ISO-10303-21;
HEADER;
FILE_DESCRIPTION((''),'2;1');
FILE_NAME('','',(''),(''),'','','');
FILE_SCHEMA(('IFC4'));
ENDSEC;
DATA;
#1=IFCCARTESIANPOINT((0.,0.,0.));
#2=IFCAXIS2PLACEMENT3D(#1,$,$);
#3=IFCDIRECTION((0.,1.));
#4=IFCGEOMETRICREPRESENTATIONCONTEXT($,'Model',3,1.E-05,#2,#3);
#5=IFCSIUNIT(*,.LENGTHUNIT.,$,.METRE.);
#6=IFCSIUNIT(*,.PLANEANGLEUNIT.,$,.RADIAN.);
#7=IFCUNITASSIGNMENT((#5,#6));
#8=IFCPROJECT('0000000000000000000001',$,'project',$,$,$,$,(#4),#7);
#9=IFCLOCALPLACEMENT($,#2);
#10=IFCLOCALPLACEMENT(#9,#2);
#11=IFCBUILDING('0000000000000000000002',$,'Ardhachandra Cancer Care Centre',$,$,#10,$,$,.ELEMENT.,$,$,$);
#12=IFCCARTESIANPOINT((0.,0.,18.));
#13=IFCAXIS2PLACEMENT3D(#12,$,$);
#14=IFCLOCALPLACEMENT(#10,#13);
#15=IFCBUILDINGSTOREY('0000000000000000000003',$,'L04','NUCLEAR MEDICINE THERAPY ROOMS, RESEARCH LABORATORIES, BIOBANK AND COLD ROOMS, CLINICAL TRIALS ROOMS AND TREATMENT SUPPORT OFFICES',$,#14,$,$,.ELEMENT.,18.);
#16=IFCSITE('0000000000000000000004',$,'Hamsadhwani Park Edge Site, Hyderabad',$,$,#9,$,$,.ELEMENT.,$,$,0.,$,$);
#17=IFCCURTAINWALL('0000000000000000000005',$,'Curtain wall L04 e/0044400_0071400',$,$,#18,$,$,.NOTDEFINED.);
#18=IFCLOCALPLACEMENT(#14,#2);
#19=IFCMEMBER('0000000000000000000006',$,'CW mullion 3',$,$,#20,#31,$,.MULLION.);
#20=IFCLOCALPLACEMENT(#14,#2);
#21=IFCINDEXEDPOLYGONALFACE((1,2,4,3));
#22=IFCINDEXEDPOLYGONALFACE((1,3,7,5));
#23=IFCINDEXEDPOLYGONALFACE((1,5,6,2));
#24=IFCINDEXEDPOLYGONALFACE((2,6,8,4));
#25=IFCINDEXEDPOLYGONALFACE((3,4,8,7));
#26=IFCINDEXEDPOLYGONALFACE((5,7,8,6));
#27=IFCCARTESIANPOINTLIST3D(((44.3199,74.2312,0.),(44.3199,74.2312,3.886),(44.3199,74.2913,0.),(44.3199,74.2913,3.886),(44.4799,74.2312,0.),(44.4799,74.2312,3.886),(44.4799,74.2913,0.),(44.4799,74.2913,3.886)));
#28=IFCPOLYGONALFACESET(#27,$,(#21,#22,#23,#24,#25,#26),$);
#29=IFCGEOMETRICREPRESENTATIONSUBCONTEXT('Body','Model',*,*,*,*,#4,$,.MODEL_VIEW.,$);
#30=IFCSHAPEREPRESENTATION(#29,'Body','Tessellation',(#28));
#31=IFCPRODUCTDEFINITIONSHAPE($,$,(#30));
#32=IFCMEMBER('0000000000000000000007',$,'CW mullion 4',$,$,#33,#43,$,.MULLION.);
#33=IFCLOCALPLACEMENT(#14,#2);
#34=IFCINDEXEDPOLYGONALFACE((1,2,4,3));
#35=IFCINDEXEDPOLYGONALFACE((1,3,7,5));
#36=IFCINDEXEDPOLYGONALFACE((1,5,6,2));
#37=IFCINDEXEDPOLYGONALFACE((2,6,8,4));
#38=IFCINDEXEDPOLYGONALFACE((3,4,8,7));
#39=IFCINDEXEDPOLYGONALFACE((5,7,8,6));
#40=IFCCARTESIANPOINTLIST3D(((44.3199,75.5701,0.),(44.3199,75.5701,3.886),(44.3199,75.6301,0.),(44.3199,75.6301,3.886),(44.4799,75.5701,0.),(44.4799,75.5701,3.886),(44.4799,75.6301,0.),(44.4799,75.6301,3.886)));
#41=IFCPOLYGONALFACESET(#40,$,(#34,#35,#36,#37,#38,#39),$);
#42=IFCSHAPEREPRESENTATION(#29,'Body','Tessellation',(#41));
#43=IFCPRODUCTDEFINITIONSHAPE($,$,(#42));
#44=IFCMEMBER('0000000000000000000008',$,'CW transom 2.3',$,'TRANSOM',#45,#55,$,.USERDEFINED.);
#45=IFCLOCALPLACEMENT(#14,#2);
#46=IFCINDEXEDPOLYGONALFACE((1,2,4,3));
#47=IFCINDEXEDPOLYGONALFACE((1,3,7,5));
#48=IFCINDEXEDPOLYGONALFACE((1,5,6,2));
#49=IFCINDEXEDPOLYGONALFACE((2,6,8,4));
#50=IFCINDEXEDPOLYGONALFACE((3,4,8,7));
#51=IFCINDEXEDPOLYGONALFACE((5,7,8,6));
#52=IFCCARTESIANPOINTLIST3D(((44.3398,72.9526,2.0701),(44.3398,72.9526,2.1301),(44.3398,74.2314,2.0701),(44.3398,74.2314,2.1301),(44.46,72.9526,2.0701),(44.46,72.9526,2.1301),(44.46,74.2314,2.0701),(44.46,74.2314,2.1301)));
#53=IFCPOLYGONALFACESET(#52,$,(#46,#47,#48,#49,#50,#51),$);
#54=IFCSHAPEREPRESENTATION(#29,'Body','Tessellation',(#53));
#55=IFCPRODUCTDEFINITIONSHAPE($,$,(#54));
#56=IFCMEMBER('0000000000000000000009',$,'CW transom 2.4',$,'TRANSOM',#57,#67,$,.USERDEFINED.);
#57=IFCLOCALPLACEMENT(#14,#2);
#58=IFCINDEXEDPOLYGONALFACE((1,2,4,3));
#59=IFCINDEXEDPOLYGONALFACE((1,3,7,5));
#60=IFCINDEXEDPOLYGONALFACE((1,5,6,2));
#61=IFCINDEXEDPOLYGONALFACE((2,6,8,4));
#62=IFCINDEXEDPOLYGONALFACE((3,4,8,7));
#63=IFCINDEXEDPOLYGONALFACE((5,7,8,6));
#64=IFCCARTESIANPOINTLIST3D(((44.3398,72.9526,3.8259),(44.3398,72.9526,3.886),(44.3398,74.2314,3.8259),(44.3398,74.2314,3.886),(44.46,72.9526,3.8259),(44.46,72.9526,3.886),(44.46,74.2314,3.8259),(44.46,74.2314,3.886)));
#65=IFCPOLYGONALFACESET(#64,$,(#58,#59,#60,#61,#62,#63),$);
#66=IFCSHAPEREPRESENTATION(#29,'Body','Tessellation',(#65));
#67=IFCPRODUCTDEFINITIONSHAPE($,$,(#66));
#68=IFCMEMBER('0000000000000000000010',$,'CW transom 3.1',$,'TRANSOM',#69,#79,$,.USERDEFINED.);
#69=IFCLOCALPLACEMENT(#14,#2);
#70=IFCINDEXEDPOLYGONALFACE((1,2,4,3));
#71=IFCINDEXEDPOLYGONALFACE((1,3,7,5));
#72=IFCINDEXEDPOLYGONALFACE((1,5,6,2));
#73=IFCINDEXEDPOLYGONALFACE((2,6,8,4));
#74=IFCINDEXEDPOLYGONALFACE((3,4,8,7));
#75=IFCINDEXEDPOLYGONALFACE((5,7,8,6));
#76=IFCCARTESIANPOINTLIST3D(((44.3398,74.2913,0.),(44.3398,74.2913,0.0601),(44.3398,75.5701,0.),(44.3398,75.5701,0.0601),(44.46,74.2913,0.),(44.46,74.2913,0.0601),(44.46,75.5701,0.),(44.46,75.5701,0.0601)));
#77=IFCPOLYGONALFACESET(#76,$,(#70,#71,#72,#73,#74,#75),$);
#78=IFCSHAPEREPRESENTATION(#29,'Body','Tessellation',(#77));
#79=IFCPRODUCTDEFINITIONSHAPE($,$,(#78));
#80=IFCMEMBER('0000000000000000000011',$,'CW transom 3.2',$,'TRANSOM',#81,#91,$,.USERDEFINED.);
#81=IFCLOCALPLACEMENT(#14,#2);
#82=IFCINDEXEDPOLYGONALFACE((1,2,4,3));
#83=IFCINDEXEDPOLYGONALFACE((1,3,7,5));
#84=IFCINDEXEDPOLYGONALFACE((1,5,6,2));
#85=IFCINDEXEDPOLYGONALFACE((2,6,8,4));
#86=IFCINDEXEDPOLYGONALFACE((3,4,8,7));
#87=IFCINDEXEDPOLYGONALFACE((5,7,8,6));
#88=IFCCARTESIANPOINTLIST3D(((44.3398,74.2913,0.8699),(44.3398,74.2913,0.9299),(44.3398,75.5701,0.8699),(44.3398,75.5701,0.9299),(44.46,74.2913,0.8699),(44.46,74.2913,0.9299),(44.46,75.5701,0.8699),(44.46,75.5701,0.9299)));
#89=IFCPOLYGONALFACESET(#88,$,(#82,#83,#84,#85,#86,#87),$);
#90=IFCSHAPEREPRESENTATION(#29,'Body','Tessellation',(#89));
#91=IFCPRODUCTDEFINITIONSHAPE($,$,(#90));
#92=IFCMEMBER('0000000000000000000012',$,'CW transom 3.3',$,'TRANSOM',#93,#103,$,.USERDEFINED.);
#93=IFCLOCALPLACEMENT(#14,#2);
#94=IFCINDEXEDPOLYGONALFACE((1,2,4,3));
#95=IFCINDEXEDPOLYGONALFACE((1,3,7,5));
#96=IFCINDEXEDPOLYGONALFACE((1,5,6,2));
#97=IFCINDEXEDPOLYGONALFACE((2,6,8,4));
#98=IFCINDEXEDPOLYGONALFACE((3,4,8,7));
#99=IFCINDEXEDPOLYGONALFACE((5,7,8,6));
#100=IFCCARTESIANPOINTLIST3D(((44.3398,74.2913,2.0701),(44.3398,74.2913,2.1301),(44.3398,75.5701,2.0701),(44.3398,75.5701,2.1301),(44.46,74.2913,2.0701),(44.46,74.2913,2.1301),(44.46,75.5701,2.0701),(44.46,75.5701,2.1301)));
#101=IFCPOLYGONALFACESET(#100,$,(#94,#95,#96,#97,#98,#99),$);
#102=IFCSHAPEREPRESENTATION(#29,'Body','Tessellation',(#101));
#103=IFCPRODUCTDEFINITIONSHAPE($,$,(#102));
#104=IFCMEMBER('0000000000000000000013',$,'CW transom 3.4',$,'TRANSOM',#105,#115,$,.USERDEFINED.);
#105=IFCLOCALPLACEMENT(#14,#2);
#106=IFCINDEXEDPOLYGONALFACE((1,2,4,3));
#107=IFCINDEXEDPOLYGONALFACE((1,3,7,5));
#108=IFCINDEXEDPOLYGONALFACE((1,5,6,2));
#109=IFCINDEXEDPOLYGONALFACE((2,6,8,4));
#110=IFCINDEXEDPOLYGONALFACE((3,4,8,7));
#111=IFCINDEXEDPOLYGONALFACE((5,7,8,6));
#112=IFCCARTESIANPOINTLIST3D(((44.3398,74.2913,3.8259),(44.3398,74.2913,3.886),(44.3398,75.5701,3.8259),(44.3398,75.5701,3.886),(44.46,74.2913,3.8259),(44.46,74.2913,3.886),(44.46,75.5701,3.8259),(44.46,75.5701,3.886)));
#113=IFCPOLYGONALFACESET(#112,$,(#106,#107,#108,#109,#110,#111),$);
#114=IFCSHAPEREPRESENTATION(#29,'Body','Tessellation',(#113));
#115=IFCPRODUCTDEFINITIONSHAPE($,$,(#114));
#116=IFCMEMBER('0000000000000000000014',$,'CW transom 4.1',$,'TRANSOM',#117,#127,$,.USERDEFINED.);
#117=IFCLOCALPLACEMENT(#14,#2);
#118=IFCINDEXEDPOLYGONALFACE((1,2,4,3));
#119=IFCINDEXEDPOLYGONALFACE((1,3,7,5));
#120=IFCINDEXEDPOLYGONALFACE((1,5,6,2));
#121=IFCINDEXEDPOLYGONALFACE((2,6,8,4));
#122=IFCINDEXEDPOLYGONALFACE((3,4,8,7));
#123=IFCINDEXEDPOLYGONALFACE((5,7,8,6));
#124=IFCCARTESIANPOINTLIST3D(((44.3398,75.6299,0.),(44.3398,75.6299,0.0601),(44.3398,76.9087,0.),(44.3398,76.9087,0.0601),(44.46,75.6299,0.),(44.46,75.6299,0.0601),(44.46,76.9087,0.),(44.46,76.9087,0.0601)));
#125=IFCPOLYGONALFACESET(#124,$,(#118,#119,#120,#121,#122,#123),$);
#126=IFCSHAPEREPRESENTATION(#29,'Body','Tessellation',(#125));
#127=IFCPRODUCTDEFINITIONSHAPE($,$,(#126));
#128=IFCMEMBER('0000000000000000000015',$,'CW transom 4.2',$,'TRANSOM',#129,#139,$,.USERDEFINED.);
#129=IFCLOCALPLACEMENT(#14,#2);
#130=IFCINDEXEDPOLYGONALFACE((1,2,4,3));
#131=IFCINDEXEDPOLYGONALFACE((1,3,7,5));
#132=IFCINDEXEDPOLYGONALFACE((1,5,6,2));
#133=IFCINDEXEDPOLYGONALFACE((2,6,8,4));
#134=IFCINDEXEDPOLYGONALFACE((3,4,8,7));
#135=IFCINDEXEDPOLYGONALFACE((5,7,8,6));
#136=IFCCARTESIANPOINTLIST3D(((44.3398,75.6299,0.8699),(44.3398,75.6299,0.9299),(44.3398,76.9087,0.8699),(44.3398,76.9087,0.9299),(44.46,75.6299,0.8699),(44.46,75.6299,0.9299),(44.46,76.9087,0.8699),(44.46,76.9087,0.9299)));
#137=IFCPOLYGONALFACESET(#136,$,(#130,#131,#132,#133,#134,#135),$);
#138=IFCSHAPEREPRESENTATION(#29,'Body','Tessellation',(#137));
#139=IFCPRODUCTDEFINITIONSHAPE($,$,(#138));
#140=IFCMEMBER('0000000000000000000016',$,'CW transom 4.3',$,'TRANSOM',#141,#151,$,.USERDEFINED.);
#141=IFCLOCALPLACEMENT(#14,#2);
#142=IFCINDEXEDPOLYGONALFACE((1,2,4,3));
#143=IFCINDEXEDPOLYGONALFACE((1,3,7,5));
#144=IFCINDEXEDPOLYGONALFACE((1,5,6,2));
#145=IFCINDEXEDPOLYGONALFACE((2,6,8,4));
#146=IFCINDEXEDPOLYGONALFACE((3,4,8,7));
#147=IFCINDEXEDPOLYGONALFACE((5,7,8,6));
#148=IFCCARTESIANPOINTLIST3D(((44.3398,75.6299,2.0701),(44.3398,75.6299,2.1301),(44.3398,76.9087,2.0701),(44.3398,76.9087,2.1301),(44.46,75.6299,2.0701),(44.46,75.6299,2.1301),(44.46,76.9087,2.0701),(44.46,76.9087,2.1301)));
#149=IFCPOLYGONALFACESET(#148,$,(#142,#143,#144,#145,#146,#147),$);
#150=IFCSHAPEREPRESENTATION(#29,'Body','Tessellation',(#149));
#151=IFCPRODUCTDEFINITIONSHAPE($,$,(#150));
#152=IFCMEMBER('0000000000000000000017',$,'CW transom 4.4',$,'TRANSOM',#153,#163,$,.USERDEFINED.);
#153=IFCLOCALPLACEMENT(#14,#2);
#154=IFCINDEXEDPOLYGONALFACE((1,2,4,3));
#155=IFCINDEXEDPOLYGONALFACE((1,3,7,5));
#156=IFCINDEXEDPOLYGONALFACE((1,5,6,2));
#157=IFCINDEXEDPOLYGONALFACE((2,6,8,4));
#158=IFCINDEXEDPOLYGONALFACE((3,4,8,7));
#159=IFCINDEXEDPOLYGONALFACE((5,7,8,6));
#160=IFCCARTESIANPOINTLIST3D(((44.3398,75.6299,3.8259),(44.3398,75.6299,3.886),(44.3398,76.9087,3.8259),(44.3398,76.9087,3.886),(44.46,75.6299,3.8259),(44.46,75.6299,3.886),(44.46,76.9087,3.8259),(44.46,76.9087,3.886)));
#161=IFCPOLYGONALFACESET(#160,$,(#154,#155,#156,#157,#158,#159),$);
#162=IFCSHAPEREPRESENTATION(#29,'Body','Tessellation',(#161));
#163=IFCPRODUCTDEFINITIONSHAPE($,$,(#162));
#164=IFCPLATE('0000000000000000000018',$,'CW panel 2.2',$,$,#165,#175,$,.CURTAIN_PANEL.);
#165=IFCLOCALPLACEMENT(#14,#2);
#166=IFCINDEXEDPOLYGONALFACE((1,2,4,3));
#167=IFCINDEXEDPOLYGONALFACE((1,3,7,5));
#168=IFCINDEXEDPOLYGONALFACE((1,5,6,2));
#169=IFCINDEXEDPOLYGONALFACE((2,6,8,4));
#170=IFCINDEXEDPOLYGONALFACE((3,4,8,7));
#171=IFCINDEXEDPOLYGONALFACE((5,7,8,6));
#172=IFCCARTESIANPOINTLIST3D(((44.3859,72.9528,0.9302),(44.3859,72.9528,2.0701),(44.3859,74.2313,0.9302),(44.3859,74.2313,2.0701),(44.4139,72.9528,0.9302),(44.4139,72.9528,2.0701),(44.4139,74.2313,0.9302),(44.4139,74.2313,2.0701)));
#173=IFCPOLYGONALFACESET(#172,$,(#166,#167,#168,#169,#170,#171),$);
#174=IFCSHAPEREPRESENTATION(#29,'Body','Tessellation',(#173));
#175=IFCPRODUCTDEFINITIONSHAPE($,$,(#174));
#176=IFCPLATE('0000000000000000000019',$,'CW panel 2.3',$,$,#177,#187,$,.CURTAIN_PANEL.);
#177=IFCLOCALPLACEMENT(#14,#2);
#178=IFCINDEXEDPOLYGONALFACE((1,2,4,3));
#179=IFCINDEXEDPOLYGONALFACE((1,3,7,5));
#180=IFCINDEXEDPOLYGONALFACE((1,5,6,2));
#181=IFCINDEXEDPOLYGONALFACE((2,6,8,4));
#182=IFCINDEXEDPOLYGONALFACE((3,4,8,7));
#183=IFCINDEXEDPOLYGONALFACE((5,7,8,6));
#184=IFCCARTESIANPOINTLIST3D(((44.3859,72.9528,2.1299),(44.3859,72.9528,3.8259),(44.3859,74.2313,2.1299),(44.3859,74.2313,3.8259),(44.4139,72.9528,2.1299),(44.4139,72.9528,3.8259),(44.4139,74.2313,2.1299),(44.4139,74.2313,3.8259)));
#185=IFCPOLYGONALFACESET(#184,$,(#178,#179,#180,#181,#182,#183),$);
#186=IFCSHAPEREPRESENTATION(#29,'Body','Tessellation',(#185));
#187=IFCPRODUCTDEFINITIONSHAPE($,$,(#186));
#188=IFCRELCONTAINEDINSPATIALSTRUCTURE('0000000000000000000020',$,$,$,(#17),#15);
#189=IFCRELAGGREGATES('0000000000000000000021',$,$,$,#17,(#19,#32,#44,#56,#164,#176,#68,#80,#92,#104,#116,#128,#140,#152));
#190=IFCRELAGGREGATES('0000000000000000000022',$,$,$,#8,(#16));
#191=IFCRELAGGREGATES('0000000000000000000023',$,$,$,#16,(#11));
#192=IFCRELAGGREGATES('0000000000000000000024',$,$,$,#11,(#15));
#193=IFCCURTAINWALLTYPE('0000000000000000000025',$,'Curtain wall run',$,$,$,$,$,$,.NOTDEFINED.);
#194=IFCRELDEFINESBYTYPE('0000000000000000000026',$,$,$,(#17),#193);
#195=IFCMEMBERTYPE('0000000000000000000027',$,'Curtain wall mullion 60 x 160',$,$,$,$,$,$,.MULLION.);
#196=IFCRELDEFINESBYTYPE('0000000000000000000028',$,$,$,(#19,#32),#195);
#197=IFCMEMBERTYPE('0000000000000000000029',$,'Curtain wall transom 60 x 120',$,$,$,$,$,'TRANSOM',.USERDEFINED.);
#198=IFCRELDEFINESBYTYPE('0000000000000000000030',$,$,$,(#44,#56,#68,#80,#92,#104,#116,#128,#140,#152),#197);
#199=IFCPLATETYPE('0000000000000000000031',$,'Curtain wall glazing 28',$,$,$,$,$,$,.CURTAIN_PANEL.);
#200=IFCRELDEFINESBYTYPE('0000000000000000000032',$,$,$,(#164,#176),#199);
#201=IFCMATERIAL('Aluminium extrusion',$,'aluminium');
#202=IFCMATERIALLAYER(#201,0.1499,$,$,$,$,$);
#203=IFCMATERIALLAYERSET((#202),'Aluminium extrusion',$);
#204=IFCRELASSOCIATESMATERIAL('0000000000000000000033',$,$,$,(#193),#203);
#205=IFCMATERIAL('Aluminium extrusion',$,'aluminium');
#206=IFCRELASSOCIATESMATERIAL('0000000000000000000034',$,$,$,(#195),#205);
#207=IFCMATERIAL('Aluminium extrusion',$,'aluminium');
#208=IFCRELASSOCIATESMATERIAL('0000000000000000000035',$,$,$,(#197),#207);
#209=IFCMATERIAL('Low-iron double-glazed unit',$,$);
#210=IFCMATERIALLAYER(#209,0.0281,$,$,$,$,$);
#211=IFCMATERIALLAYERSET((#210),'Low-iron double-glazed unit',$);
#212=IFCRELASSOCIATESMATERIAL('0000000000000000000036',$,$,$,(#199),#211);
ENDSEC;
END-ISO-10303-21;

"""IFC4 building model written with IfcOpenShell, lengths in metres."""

from ifc_helpers import new_model, si_unit, direction, frame, origin, origin_2d, place, context, subcontext, project, spatial, rectangle, extrude, material, layer, layer_set, material_profile, profile_set, type_object, element, aggregate, save


model = new_model("IFC4")

# Units and contexts
model_context = context("Model", 3, precision=1e-05, world=origin(), true_north=direction((0.0, 1.0)))
body_context = subcontext(model_context, "Body", "Model", "MODEL_VIEW")
ifc_project = project(units=[si_unit("LENGTHUNIT", "METRE"), si_unit("PLANEANGLEUNIT", "RADIAN")], contexts=[model_context])

# Site, building, storey
site_placement = place(None, origin())
site = spatial("IfcSite", under=ifc_project, at=site_placement, Name="Hamsadhwani Park Edge Site, Hyderabad", CompositionType="ELEMENT", RefElevation=0.0)
building_placement = place(site_placement, origin())
building = spatial("IfcBuilding", under=site, at=building_placement, Name="Ardhachandra Cancer Care Centre", CompositionType="ELEMENT")
storey_placement = place(building_placement, frame((0.0, 0.0, 18.0)))
storey = spatial("IfcBuildingStorey", under=building, at=storey_placement, Name="L04", Description="NUCLEAR MEDICINE THERAPY ROOMS, RESEARCH LABORATORIES, BIOBANK AND COLD ROOMS, CLINICAL TRIALS ROOMS AND TREATMENT SUPPORT OFFICES", CompositionType="ELEMENT", Elevation=18.0)

# Curtain wall, members, plates
ifc_material_1 = material(Name="Aluminium extrusion", Category="aluminium")
ifc_layer_1 = layer(ifc_material_1, 0.1499)
ifc_layer_set_1 = layer_set([ifc_layer_1], Name="Aluminium extrusion")
curtain_wall_type = type_object("IfcCurtainWallType", Name="Curtain wall run", PredefinedType="NOTDEFINED", material=ifc_layer_set_1)
curtain_wall_placement = place(storey_placement, origin())
curtain_wall = element("IfcCurtainWall", 1, at=curtain_wall_placement, inside=storey, type_object=curtain_wall_type, Name="Curtain wall L04 e/0044400_0071400", PredefinedType="NOTDEFINED")
ifc_material_2 = material(Name="Aluminium extrusion", Category="aluminium")
ifc_material_profile_1 = material_profile(ifc_material_2, rectangle(XDim=0.1599, YDim=0.0601, at=origin_2d()), Name="Curtain wall mullion 60 x 160")
ifc_profile_set_1 = profile_set([ifc_material_profile_1], Name="Aluminium extrusion")
member_type_1 = type_object("IfcMemberType", Name="Curtain wall mullion 60 x 160", PredefinedType="MULLION", material=ifc_profile_set_1)
member_1_placement = place(storey_placement, frame((44.3999, 74.2612, 0.0), z_axis=(0.0, 0.0, 1.0), x_axis=(-1.0, 0.0, 0.0)))
member_1 = element("IfcMember", 2, at=member_1_placement, type_object=member_type_1, Name="CW mullion 3", PredefinedType="MULLION", context=body_context, shape_type="SweptSolid", body=[
    extrude(rectangle(XDim=0.1599, YDim=0.0601, at=origin_2d()), origin(), (0.0, 0.0, 1.0), 3.886),
])
member_2_placement = place(storey_placement, frame((44.3999, 75.6001, 0.0), z_axis=(0.0, 0.0, 1.0), x_axis=(-1.0, 0.0, 0.0)))
member_2 = element("IfcMember", 3, at=member_2_placement, type_object=member_type_1, Name="CW mullion 4", PredefinedType="MULLION", context=body_context, shape_type="SweptSolid", body=[
    extrude(rectangle(XDim=0.1599, YDim=0.0601, at=origin_2d()), origin(), (0.0, 0.0, 1.0), 3.886),
])
ifc_material_3 = material(Name="Aluminium extrusion", Category="aluminium")
ifc_material_profile_2 = material_profile(ifc_material_3, rectangle(XDim=0.1201, YDim=0.0601, at=origin_2d()), Name="Curtain wall transom 60 x 120")
ifc_profile_set_2 = profile_set([ifc_material_profile_2], Name="Aluminium extrusion")
member_type_2 = type_object("IfcMemberType", Name="Curtain wall transom 60 x 120", ElementType="TRANSOM", PredefinedType="USERDEFINED", material=ifc_profile_set_2)
member_3_placement = place(storey_placement, frame((44.3999, 72.9526, 2.1001), z_axis=(0.0, 1.0, 0.0), x_axis=(-1.0, 0.0, 0.0)))
member_3 = element("IfcMember", 4, at=member_3_placement, type_object=member_type_2, Name="CW transom 2.3", ObjectType="TRANSOM", PredefinedType="USERDEFINED", context=body_context, shape_type="SweptSolid", body=[
    extrude(rectangle(XDim=0.1201, YDim=0.0601, at=origin_2d()), origin(), (0.0, 0.0, 1.0), 1.2788),
])
member_4_placement = place(storey_placement, frame((44.3999, 72.9526, 3.856), z_axis=(0.0, 1.0, 0.0), x_axis=(-1.0, 0.0, 0.0)))
member_4 = element("IfcMember", 5, at=member_4_placement, type_object=member_type_2, Name="CW transom 2.4", ObjectType="TRANSOM", PredefinedType="USERDEFINED", context=body_context, shape_type="SweptSolid", body=[
    extrude(rectangle(XDim=0.1201, YDim=0.0601, at=origin_2d()), origin(), (0.0, 0.0, 1.0), 1.2788),
])
member_5_placement = place(storey_placement, frame((44.3999, 74.2913, 0.03), z_axis=(0.0, 1.0, 0.0), x_axis=(-1.0, 0.0, 0.0)))
member_5 = element("IfcMember", 6, at=member_5_placement, type_object=member_type_2, Name="CW transom 3.1", ObjectType="TRANSOM", PredefinedType="USERDEFINED", context=body_context, shape_type="SweptSolid", body=[
    extrude(rectangle(XDim=0.1201, YDim=0.0601, at=origin_2d()), origin(), (0.0, 0.0, 1.0), 1.2788),
])
member_6_placement = place(storey_placement, frame((44.3999, 74.2913, 0.8999), z_axis=(0.0, 1.0, 0.0), x_axis=(-1.0, 0.0, 0.0)))
member_6 = element("IfcMember", 7, at=member_6_placement, type_object=member_type_2, Name="CW transom 3.2", ObjectType="TRANSOM", PredefinedType="USERDEFINED", context=body_context, shape_type="SweptSolid", body=[
    extrude(rectangle(XDim=0.1201, YDim=0.0601, at=origin_2d()), origin(), (0.0, 0.0, 1.0), 1.2788),
])
member_7_placement = place(storey_placement, frame((44.3999, 74.2913, 2.1001), z_axis=(0.0, 1.0, 0.0), x_axis=(-1.0, 0.0, 0.0)))
member_7 = element("IfcMember", 8, at=member_7_placement, type_object=member_type_2, Name="CW transom 3.3", ObjectType="TRANSOM", PredefinedType="USERDEFINED", context=body_context, shape_type="SweptSolid", body=[
    extrude(rectangle(XDim=0.1201, YDim=0.0601, at=origin_2d()), origin(), (0.0, 0.0, 1.0), 1.2788),
])
member_8_placement = place(storey_placement, frame((44.3999, 74.2913, 3.856), z_axis=(0.0, 1.0, 0.0), x_axis=(-1.0, 0.0, 0.0)))
member_8 = element("IfcMember", 9, at=member_8_placement, type_object=member_type_2, Name="CW transom 3.4", ObjectType="TRANSOM", PredefinedType="USERDEFINED", context=body_context, shape_type="SweptSolid", body=[
    extrude(rectangle(XDim=0.1201, YDim=0.0601, at=origin_2d()), origin(), (0.0, 0.0, 1.0), 1.2788),
])
member_9_placement = place(storey_placement, frame((44.3999, 75.6299, 0.03), z_axis=(0.0, 1.0, 0.0), x_axis=(-1.0, 0.0, 0.0)))
member_9 = element("IfcMember", 10, at=member_9_placement, type_object=member_type_2, Name="CW transom 4.1", ObjectType="TRANSOM", PredefinedType="USERDEFINED", context=body_context, shape_type="SweptSolid", body=[
    extrude(rectangle(XDim=0.1201, YDim=0.0601, at=origin_2d()), origin(), (0.0, 0.0, 1.0), 1.2788),
])
member_10_placement = place(storey_placement, frame((44.3999, 75.6299, 0.8999), z_axis=(0.0, 1.0, 0.0), x_axis=(-1.0, 0.0, 0.0)))
member_10 = element("IfcMember", 11, at=member_10_placement, type_object=member_type_2, Name="CW transom 4.2", ObjectType="TRANSOM", PredefinedType="USERDEFINED", context=body_context, shape_type="SweptSolid", body=[
    extrude(rectangle(XDim=0.1201, YDim=0.0601, at=origin_2d()), origin(), (0.0, 0.0, 1.0), 1.2788),
])
member_11_placement = place(storey_placement, frame((44.3999, 75.6299, 2.1001), z_axis=(0.0, 1.0, 0.0), x_axis=(-1.0, 0.0, 0.0)))
member_11 = element("IfcMember", 12, at=member_11_placement, type_object=member_type_2, Name="CW transom 4.3", ObjectType="TRANSOM", PredefinedType="USERDEFINED", context=body_context, shape_type="SweptSolid", body=[
    extrude(rectangle(XDim=0.1201, YDim=0.0601, at=origin_2d()), origin(), (0.0, 0.0, 1.0), 1.2788),
])
member_12_placement = place(storey_placement, frame((44.3999, 75.6299, 3.856), z_axis=(0.0, 1.0, 0.0), x_axis=(-1.0, 0.0, 0.0)))
member_12 = element("IfcMember", 13, at=member_12_placement, type_object=member_type_2, Name="CW transom 4.4", ObjectType="TRANSOM", PredefinedType="USERDEFINED", context=body_context, shape_type="SweptSolid", body=[
    extrude(rectangle(XDim=0.1201, YDim=0.0601, at=origin_2d()), origin(), (0.0, 0.0, 1.0), 1.2788),
])
ifc_material_4 = material(Name="Low-iron double-glazed unit")
ifc_layer_2 = layer(ifc_material_4, 0.0281)
ifc_layer_set_2 = layer_set([ifc_layer_2], Name="Low-iron double-glazed unit")
plate_type_1 = type_object("IfcPlateType", Name="Curtain wall glazing 28", PredefinedType="CURTAIN_PANEL", material=ifc_layer_set_2)
plate_1_placement = place(storey_placement, frame((44.3999, 73.592, 0.9302), z_axis=(0.0, 0.0, 1.0), x_axis=(0.0, 1.0, 0.0)))
plate_1 = element("IfcPlate", 14, at=plate_1_placement, type_object=plate_type_1, Name="CW panel 2.2", PredefinedType="CURTAIN_PANEL", context=body_context, shape_type="SweptSolid", body=[
    extrude(rectangle(XDim=1.2786, YDim=0.0281, at=origin_2d()), origin(), (0.0, 0.0, 1.0), 1.1399),
])
plate_2_placement = place(storey_placement, frame((44.3999, 73.592, 2.1299), z_axis=(0.0, 0.0, 1.0), x_axis=(0.0, 1.0, 0.0)))
plate_2 = element("IfcPlate", 15, at=plate_2_placement, type_object=plate_type_1, Name="CW panel 2.3", PredefinedType="CURTAIN_PANEL", context=body_context, shape_type="SweptSolid", body=[
    extrude(rectangle(XDim=1.2786, YDim=0.0281, at=origin_2d()), origin(), (0.0, 0.0, 1.0), 1.696),
])
aggregate(curtain_wall, [member_1, member_2, member_3, member_4, plate_1, plate_2, member_5, member_6, member_7, member_8, member_9, member_10, member_11, member_12])

save(model, "model.ifc")
